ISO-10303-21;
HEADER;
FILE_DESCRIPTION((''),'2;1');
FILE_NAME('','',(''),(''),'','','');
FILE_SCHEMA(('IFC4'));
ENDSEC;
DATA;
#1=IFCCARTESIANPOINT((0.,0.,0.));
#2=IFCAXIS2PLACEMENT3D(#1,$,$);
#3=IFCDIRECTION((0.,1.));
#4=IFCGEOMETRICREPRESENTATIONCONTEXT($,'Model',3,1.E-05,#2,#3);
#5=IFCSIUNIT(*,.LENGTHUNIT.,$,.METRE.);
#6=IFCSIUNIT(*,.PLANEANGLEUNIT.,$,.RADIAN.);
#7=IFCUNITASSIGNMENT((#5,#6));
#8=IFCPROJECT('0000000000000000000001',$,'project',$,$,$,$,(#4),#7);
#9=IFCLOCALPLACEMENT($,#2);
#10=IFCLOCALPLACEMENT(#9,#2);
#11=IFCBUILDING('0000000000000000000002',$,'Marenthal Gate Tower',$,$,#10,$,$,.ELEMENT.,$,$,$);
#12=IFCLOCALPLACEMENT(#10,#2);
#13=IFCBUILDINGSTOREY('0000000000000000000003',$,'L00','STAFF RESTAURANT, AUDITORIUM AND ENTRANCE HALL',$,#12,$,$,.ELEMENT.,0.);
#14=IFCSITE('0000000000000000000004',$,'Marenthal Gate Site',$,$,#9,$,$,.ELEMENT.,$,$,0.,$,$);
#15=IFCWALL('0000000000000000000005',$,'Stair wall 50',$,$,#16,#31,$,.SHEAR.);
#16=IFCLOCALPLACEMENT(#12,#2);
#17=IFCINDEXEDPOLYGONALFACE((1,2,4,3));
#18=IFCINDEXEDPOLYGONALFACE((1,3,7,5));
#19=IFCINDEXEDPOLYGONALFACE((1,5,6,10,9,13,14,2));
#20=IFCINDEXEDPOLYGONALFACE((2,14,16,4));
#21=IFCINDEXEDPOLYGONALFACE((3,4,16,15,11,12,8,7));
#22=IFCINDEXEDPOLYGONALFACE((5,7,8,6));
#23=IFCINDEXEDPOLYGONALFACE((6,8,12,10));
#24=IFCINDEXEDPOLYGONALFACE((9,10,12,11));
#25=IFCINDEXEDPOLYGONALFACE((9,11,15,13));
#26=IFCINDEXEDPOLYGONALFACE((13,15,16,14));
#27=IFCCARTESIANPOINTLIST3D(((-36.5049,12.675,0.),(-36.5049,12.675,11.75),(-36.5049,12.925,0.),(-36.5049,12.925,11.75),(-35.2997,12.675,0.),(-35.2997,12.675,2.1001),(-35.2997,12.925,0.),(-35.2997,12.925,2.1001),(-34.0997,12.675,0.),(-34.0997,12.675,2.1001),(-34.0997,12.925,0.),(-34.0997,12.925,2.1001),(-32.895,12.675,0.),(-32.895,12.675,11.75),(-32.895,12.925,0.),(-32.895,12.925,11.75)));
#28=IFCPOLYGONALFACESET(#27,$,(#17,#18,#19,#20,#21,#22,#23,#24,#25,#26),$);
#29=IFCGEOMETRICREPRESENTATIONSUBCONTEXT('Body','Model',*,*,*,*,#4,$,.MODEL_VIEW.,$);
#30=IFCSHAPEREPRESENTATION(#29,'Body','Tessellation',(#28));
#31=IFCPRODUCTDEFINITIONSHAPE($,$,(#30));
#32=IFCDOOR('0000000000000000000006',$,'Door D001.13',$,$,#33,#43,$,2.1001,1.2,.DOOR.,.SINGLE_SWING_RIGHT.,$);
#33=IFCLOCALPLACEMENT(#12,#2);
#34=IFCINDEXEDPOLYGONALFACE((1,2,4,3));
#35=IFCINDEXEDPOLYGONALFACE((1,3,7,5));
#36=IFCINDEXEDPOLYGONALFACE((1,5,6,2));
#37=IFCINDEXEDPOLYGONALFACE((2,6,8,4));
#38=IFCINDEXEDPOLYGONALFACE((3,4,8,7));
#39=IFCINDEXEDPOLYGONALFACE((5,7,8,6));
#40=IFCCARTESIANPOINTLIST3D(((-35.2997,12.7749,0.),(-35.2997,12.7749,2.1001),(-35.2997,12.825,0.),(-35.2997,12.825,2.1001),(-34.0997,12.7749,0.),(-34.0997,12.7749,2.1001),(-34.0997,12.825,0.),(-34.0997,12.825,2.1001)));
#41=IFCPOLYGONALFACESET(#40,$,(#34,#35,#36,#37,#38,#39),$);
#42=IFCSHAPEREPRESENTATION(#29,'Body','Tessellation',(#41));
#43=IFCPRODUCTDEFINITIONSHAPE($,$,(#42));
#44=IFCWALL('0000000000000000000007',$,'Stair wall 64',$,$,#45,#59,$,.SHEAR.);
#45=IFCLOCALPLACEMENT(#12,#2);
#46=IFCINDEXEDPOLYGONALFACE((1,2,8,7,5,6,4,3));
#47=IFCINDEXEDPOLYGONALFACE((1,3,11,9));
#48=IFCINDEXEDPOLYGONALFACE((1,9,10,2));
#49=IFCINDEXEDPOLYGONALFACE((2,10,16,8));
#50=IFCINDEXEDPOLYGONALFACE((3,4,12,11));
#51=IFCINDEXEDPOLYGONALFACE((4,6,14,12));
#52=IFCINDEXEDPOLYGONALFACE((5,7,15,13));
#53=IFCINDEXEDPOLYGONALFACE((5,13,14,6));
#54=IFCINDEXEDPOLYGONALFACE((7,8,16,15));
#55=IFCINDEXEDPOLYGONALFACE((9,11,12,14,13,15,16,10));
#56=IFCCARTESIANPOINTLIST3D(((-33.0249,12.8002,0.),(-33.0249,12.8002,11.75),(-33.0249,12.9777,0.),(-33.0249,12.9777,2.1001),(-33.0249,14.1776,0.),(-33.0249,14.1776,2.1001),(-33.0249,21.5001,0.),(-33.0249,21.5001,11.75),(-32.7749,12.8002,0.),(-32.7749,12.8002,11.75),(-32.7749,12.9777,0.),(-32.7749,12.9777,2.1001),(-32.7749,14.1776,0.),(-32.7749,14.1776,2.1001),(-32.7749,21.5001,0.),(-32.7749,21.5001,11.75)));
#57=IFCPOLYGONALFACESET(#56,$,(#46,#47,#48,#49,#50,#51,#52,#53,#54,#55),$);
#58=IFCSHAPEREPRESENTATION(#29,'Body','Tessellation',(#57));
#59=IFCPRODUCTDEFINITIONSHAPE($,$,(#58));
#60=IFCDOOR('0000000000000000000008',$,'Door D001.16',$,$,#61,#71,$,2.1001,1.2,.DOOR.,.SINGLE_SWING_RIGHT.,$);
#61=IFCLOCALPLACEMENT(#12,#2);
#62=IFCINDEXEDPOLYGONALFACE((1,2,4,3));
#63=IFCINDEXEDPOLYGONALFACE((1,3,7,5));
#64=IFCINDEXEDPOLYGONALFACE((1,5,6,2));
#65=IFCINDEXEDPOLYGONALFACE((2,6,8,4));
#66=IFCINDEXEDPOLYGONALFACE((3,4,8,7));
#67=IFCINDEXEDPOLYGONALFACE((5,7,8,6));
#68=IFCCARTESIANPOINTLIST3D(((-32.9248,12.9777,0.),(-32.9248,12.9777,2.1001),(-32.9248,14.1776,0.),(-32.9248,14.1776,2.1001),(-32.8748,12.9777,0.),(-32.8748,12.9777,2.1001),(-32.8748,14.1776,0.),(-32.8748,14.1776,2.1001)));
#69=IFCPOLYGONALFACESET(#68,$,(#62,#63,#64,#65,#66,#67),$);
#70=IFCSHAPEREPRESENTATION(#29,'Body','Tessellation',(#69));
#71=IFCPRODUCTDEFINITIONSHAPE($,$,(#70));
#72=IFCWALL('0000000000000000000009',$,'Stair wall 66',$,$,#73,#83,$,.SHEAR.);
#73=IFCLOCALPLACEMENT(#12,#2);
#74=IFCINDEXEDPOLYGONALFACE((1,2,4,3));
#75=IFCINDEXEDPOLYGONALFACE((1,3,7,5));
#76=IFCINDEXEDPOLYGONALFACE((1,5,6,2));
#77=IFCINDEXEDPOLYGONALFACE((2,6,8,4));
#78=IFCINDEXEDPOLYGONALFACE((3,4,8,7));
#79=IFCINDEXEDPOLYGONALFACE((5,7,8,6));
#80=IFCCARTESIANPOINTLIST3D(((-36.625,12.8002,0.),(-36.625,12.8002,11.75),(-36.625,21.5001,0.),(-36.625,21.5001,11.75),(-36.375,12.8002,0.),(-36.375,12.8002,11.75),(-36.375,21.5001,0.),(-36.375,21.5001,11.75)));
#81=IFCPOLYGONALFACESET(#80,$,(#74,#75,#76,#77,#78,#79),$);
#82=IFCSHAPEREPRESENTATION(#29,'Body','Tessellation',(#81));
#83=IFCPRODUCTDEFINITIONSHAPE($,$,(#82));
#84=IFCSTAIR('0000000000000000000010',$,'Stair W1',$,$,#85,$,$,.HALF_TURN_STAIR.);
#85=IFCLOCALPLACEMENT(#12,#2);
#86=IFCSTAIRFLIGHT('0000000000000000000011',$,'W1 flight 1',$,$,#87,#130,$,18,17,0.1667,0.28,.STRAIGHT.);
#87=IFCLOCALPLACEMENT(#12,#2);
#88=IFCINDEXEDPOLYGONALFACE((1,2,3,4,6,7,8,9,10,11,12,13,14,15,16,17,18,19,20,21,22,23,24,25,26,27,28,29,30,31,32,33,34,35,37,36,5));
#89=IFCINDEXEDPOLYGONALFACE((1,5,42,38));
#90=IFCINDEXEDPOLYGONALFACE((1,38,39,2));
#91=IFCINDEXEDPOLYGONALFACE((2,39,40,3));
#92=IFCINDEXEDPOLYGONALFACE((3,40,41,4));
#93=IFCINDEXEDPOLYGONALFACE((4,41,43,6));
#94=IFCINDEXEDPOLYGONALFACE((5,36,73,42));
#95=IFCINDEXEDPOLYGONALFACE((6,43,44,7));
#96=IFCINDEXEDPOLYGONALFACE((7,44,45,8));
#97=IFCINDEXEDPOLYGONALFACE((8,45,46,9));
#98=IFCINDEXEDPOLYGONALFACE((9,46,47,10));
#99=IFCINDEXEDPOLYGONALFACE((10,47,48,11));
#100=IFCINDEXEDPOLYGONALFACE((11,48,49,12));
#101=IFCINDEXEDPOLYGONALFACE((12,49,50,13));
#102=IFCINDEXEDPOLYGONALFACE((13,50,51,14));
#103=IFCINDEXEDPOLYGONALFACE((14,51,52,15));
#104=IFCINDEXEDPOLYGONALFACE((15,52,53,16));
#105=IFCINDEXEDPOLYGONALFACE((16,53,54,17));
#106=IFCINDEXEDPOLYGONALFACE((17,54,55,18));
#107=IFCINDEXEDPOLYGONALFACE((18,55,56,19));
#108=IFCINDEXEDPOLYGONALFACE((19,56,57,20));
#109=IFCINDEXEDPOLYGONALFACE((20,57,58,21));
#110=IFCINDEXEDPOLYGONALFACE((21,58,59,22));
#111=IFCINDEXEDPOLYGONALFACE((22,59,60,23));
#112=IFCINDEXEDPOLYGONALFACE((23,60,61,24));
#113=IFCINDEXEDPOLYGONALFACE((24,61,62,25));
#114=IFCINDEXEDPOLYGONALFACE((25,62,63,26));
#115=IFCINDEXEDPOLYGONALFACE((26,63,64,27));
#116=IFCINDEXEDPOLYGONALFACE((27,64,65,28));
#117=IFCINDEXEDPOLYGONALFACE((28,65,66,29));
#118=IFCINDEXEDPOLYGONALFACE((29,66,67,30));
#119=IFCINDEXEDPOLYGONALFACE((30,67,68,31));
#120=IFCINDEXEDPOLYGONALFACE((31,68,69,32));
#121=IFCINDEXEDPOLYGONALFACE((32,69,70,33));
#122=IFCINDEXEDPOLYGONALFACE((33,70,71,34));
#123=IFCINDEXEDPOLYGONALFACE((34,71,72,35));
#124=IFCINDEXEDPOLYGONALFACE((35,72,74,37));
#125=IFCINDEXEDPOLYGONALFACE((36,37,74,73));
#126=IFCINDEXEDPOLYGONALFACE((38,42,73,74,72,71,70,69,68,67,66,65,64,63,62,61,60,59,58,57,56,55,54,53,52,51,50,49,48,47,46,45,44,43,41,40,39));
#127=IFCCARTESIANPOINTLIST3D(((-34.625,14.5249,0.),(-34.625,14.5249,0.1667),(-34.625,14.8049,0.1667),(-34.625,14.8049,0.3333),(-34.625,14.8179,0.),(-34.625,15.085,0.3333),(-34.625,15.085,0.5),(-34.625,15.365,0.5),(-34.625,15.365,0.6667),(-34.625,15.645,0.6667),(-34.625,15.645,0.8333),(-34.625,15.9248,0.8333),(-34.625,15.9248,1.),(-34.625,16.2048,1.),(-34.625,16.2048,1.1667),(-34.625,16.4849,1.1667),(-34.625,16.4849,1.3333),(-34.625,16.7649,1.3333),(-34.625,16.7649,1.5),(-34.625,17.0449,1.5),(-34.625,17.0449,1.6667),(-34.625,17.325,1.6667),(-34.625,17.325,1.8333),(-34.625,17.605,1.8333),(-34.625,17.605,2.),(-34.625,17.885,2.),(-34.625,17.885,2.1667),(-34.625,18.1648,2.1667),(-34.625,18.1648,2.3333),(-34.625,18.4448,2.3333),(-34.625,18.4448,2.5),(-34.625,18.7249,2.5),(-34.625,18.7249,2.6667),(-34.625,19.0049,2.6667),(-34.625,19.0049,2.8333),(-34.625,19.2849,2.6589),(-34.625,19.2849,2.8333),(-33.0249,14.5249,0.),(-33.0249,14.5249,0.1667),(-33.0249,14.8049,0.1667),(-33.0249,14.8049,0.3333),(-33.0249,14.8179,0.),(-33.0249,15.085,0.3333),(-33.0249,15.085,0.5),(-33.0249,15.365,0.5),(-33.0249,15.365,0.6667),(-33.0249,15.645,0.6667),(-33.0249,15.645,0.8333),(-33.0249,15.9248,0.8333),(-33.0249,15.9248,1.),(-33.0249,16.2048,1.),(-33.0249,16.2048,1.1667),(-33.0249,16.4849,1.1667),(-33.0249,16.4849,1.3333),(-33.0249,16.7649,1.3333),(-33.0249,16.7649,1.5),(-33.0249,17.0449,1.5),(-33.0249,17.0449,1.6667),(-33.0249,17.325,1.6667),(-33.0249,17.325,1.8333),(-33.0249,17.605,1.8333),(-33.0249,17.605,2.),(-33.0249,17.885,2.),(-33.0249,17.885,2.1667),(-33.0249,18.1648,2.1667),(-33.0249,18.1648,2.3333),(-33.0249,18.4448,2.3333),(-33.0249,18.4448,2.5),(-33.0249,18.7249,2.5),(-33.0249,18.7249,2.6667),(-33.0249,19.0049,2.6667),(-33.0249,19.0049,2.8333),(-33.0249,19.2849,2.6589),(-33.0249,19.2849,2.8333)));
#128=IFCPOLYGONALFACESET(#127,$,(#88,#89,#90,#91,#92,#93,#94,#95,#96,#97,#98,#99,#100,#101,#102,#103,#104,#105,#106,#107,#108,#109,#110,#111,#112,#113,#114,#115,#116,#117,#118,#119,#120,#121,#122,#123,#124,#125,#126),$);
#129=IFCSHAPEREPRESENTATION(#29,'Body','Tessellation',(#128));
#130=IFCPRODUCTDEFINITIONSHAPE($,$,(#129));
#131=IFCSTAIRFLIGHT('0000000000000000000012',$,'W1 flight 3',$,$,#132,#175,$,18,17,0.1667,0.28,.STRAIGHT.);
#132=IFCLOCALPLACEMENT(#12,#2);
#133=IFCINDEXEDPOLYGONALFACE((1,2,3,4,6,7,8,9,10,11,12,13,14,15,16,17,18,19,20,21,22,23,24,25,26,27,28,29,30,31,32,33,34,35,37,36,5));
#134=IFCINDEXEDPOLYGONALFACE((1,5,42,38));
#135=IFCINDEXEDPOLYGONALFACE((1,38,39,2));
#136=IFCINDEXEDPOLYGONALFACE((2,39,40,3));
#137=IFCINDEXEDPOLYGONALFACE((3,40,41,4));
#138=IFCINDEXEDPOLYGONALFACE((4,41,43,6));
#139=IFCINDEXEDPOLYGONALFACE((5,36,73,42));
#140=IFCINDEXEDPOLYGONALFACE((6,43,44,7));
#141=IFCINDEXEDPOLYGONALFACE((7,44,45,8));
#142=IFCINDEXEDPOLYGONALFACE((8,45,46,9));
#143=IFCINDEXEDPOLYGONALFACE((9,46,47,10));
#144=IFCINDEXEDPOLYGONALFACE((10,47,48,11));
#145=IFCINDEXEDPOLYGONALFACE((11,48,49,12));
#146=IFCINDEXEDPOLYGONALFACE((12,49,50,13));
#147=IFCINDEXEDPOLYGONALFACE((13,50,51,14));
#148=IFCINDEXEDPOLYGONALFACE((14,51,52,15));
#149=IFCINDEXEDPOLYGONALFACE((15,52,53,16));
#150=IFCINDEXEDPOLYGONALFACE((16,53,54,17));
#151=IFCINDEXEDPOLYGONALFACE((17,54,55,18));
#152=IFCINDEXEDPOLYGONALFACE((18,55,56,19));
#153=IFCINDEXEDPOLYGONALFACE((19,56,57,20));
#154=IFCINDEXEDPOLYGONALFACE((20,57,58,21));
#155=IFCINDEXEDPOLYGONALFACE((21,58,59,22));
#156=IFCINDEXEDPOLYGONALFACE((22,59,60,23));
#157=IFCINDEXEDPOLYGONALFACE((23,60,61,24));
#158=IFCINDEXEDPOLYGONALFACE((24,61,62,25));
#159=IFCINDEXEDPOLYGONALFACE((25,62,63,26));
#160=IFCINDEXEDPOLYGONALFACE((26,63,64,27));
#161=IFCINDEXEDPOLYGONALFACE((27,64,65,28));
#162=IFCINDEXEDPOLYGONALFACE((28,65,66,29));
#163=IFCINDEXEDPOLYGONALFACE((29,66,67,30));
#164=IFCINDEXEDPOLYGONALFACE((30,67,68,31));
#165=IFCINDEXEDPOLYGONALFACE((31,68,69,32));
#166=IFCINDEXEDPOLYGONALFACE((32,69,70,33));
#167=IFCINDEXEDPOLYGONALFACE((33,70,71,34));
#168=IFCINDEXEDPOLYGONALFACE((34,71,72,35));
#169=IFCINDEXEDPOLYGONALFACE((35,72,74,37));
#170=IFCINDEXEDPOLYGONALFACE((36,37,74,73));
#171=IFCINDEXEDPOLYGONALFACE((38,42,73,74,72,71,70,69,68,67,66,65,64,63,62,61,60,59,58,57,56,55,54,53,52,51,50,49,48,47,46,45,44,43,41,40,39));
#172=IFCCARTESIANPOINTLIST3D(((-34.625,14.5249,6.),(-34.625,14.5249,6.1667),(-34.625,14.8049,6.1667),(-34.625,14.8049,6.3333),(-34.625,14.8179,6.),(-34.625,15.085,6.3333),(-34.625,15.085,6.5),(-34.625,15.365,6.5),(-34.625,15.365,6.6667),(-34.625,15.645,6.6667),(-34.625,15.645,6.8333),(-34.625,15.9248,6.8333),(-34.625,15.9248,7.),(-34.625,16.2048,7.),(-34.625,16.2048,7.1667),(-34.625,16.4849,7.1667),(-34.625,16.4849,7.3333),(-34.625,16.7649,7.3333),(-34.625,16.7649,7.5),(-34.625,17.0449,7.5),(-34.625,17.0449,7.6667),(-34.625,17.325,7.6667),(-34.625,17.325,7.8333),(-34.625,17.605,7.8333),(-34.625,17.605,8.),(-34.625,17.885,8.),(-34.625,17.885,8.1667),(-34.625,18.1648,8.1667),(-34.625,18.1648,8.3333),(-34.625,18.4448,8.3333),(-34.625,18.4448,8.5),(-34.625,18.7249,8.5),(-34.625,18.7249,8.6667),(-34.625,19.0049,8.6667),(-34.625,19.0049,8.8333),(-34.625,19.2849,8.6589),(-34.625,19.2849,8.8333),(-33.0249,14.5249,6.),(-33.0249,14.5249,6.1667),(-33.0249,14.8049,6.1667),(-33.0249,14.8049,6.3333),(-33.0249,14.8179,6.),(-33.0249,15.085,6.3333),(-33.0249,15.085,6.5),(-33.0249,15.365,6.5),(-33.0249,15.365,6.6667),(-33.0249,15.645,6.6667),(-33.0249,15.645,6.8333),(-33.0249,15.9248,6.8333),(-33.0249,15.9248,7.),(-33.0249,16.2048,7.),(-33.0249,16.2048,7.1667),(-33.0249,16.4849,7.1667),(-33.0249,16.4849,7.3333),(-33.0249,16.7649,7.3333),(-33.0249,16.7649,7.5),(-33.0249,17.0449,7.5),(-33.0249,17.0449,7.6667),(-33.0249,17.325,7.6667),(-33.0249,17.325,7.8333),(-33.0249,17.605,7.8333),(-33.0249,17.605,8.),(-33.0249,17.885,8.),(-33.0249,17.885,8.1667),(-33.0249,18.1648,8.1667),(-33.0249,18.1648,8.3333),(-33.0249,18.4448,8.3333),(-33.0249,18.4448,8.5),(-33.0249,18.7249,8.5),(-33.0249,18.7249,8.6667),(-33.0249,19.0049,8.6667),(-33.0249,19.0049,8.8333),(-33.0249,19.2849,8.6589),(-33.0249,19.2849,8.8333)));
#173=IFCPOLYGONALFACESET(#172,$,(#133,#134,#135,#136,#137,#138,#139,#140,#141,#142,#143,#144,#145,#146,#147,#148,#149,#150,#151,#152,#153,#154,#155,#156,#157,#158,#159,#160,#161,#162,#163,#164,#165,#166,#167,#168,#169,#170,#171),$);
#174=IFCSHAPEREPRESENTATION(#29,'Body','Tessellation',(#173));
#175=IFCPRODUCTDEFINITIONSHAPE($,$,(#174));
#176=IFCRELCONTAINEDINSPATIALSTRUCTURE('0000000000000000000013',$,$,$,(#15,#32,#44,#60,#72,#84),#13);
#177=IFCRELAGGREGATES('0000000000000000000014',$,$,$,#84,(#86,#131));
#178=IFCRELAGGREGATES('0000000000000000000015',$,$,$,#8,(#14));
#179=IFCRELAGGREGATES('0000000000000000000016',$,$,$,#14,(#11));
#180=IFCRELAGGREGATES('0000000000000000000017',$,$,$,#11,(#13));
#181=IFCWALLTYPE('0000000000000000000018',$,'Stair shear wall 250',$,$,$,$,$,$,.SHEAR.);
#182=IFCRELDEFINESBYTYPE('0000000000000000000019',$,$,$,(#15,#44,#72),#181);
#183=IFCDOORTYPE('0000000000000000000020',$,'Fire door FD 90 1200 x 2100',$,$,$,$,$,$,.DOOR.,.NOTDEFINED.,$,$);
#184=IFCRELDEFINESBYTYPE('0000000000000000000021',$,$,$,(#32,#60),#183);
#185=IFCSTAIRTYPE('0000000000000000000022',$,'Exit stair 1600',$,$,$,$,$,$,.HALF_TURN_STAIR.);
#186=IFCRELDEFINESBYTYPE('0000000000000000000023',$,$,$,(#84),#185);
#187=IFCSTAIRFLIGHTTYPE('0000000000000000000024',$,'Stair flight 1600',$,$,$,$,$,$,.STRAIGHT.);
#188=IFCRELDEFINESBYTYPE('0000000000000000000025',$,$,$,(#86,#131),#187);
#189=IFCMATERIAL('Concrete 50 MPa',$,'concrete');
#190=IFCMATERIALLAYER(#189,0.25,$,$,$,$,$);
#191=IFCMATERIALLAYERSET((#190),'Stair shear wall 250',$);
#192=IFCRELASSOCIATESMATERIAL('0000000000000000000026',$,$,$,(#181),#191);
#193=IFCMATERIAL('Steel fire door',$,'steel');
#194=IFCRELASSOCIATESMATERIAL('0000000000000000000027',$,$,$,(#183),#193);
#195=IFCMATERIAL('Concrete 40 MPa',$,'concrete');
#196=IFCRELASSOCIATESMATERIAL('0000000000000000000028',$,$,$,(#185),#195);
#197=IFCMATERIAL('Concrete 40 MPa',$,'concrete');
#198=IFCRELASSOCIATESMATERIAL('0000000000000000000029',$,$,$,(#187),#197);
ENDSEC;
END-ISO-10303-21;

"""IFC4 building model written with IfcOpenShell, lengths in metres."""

from ifc_helpers import new_model, si_unit, direction, frame, frame_2d, origin, place, context, subcontext, project, spatial, polyline, rectangle, outline, extrude, material, layer, layer_set, type_object, element, fill, aggregate, save


model = new_model("IFC4")

# Units and contexts
model_context = context("Model", 3, precision=1e-05, world=origin(), true_north=direction((0.0, 1.0)))
body_context = subcontext(model_context, "Body", "Model", "MODEL_VIEW")
ifc_project = project(units=[si_unit("LENGTHUNIT", "METRE"), si_unit("PLANEANGLEUNIT", "RADIAN")], contexts=[model_context])

# Site, building, storey
site_placement = place(None, origin())
site = spatial("IfcSite", under=ifc_project, at=site_placement, Name="Marenthal Gate Site", CompositionType="ELEMENT", RefElevation=0.0)
building_placement = place(site_placement, origin())
building = spatial("IfcBuilding", under=site, at=building_placement, Name="Marenthal Gate Tower", CompositionType="ELEMENT")
storey_placement = place(building_placement, origin())
storey = spatial("IfcBuildingStorey", under=building, at=storey_placement, Name="L00", Description="STAFF RESTAURANT, AUDITORIUM AND ENTRANCE HALL", CompositionType="ELEMENT", Elevation=0.0)

# Walls, openings, doors
ifc_material_1 = material(Name="Concrete 50 MPa", Category="concrete")
ifc_layer_1 = layer(ifc_material_1, 0.25)
ifc_layer_set_1 = layer_set([ifc_layer_1], Name="Stair shear wall 250")
wall_type_1 = type_object("IfcWallType", Name="Stair shear wall 250", PredefinedType="SHEAR", material=ifc_layer_set_1)
wall_1_placement = place(storey_placement, frame((-36.5049, 12.8, 0.0), z_axis=(0.0, 0.0, 1.0), x_axis=(1.0, 0.0, 0.0)))
wall_1 = element("IfcWall", 1, at=wall_1_placement, inside=storey, type_object=wall_type_1, Name="Stair wall 50", PredefinedType="SHEAR", context=body_context, shape_type="SweptSolid", body=[
    extrude(rectangle(XDim=3.6099, YDim=0.25, at=frame_2d((1.8049, 0.0))), origin(), (0.0, 0.0, 1.0), 11.75),
])
opening_1_placement = place(wall_1_placement, frame((1.2051, 0.0, 0.0)))
opening_1 = element("IfcOpeningElement", 2, at=opening_1_placement, cuts=wall_1, PredefinedType="OPENING", context=body_context, shape_type="SweptSolid", body=[
    extrude(rectangle(XDim=1.2, YDim=2.1001, at=frame_2d((0.6001, 1.05))), frame((0.0, 0.135, 0.0), z_axis=(0.0, -1.0, 0.0), x_axis=(1.0, 0.0, 0.0)), (0.0, 0.0, 1.0), 0.27),
])
ifc_material_2 = material(Name="Steel fire door", Category="steel")
door_type_1 = type_object("IfcDoorType", Name="Fire door FD 90 1200 x 2100", OperationType="NOTDEFINED", PredefinedType="DOOR", material=ifc_material_2)
door_1_placement = place(opening_1_placement, origin())
door_1 = element("IfcDoor", 3, at=door_1_placement, inside=storey, type_object=door_type_1, Name="Door D001.13", OperationType="SINGLE_SWING_RIGHT", OverallHeight=2.1001, OverallWidth=1.2, PredefinedType="DOOR", context=body_context, shape_type="SweptSolid", body=[
    extrude(rectangle(XDim=1.2, YDim=2.1001, at=frame_2d((0.6001, 1.05))), frame((0.0, 0.0249, 0.0), z_axis=(0.0, -1.0, 0.0), x_axis=(1.0, 0.0, 0.0)), (0.0, 0.0, 1.0), 0.05),
])
fill(opening_1, door_1)
wall_2_placement = place(storey_placement, frame((-32.8999, 12.8, 0.0), z_axis=(0.0, 0.0, 1.0), x_axis=(0.0, 1.0, 0.0)))
wall_2 = element("IfcWall", 4, at=wall_2_placement, inside=storey, type_object=wall_type_1, Name="Stair wall 64", PredefinedType="SHEAR", context=body_context, shape_type="SweptSolid", body=[
    extrude(rectangle(XDim=8.7, YDim=0.25, at=frame_2d((4.3501, 0.0))), origin(), (0.0, 0.0, 1.0), 11.75),
])
opening_2_placement = place(wall_2_placement, frame((0.1775, 0.0, 0.0)))
opening_2 = element("IfcOpeningElement", 5, at=opening_2_placement, cuts=wall_2, PredefinedType="OPENING", context=body_context, shape_type="SweptSolid", body=[
    extrude(rectangle(XDim=1.2, YDim=2.1001, at=frame_2d((0.6001, 1.05))), frame((0.0, 0.135, 0.0), z_axis=(0.0, -1.0, 0.0), x_axis=(1.0, 0.0, 0.0)), (0.0, 0.0, 1.0), 0.27),
])
door_2_placement = place(opening_2_placement, origin())
door_2 = element("IfcDoor", 6, at=door_2_placement, inside=storey, type_object=door_type_1, Name="Door D001.16", OperationType="SINGLE_SWING_RIGHT", OverallHeight=2.1001, OverallWidth=1.2, PredefinedType="DOOR", context=body_context, shape_type="SweptSolid", body=[
    extrude(rectangle(XDim=1.2, YDim=2.1001, at=frame_2d((0.6001, 1.05))), frame((0.0, 0.0249, 0.0), z_axis=(0.0, -1.0, 0.0), x_axis=(1.0, 0.0, 0.0)), (0.0, 0.0, 1.0), 0.05),
])
fill(opening_2, door_2)

# Wall
wall_3_placement = place(storey_placement, frame((-36.5, 12.8, 0.0), z_axis=(0.0, 0.0, 1.0), x_axis=(0.0, 1.0, 0.0)))
element("IfcWall", 7, at=wall_3_placement, inside=storey, type_object=wall_type_1, Name="Stair wall 66", PredefinedType="SHEAR", context=body_context, shape_type="SweptSolid", body=[
    extrude(rectangle(XDim=8.7, YDim=0.25, at=frame_2d((4.3501, 0.0))), origin(), (0.0, 0.0, 1.0), 11.75),
])

# Stair, stair flights
ifc_material_3 = material(Name="Concrete 40 MPa", Category="concrete")
stair_type = type_object("IfcStairType", Name="Exit stair 1600", PredefinedType="HALF_TURN_STAIR", material=ifc_material_3)
stair_placement = place(storey_placement, origin())
stair = element("IfcStair", 8, at=stair_placement, inside=storey, type_object=stair_type, Name="Stair W1", PredefinedType="HALF_TURN_STAIR")
ifc_material_4 = material(Name="Concrete 40 MPa", Category="concrete")
stair_flight_type = type_object("IfcStairFlightType", Name="Stair flight 1600", PredefinedType="STRAIGHT", material=ifc_material_4)
stair_flight_1_placement = place(storey_placement, frame((-33.825, 14.5249, 0.0), z_axis=(0.0, 0.0, 1.0), x_axis=(0.0, 1.0, 0.0)))
stair_flight_1 = element("IfcStairFlight", 9, at=stair_flight_1_placement, type_object=stair_flight_type, Name="W1 flight 1", NumberOfRisers=18, NumberOfTreads=17, PredefinedType="STRAIGHT", RiserHeight=0.1667, TreadLength=0.28, context=body_context, shape_type="SweptSolid", body=[
    extrude(outline(polyline([(0.0, 0.0), (0.0, 0.1667), (0.28, 0.1667), (0.28, 0.3333), (0.5601, 0.3333), (0.5601, 0.5), (0.8401, 0.5), (0.8401, 0.6667), (1.1201, 0.6667), (1.1201, 0.8333), (1.3999, 0.8333), (1.3999, 1.0), (1.6799, 1.0), (1.6799, 1.1667), (1.96, 1.1667), (1.96, 1.3333), (2.24, 1.3333), (2.24, 1.5), (2.52, 1.5), (2.52, 1.6667), (2.8, 1.6667), (2.8, 1.8333), (3.0801, 1.8333), (3.0801, 2.0), (3.3601, 2.0), (3.3601, 2.1667), (3.6399, 2.1667), (3.6399, 2.3333), (3.9199, 2.3333), (3.9199, 2.5), (4.2, 2.5), (4.2, 2.6667), (4.48, 2.6667), (4.48, 2.8333), (4.76, 2.8333), (4.76, 3.0), (4.76, 2.6589), (0.293, 0.0), (0.0, 0.0)])), frame((0.0, 0.8, 0.0), z_axis=(0.0, -1.0, 0.0), x_axis=(1.0, 0.0, 0.0)), (0.0, 0.0, 1.0), 1.6001),
])
stair_flight_2_placement = place(storey_placement, frame((-33.825, 14.5249, 6.0), z_axis=(0.0, 0.0, 1.0), x_axis=(0.0, 1.0, 0.0)))
stair_flight_2 = element("IfcStairFlight", 10, at=stair_flight_2_placement, type_object=stair_flight_type, Name="W1 flight 3", NumberOfRisers=18, NumberOfTreads=17, PredefinedType="STRAIGHT", RiserHeight=0.1667, TreadLength=0.28, context=body_context, shape_type="SweptSolid", body=[
    extrude(outline(polyline([(0.0, 0.0), (0.0, 0.1667), (0.28, 0.1667), (0.28, 0.3333), (0.5601, 0.3333), (0.5601, 0.5), (0.8401, 0.5), (0.8401, 0.6667), (1.1201, 0.6667), (1.1201, 0.8333), (1.3999, 0.8333), (1.3999, 1.0), (1.6799, 1.0), (1.6799, 1.1667), (1.96, 1.1667), (1.96, 1.3333), (2.24, 1.3333), (2.24, 1.5), (2.52, 1.5), (2.52, 1.6667), (2.8, 1.6667), (2.8, 1.8333), (3.0801, 1.8333), (3.0801, 2.0), (3.3601, 2.0), (3.3601, 2.1667), (3.6399, 2.1667), (3.6399, 2.3333), (3.9199, 2.3333), (3.9199, 2.5), (4.2, 2.5), (4.2, 2.6667), (4.48, 2.6667), (4.48, 2.8333), (4.76, 2.8333), (4.76, 3.0), (4.76, 2.6589), (0.293, 0.0), (0.0, 0.0)])), frame((0.0, 0.8, 0.0), z_axis=(0.0, -1.0, 0.0), x_axis=(1.0, 0.0, 0.0)), (0.0, 0.0, 1.0), 1.6001),
])
aggregate(stair, [stair_flight_1, stair_flight_2])

save(model, "model.ifc")
